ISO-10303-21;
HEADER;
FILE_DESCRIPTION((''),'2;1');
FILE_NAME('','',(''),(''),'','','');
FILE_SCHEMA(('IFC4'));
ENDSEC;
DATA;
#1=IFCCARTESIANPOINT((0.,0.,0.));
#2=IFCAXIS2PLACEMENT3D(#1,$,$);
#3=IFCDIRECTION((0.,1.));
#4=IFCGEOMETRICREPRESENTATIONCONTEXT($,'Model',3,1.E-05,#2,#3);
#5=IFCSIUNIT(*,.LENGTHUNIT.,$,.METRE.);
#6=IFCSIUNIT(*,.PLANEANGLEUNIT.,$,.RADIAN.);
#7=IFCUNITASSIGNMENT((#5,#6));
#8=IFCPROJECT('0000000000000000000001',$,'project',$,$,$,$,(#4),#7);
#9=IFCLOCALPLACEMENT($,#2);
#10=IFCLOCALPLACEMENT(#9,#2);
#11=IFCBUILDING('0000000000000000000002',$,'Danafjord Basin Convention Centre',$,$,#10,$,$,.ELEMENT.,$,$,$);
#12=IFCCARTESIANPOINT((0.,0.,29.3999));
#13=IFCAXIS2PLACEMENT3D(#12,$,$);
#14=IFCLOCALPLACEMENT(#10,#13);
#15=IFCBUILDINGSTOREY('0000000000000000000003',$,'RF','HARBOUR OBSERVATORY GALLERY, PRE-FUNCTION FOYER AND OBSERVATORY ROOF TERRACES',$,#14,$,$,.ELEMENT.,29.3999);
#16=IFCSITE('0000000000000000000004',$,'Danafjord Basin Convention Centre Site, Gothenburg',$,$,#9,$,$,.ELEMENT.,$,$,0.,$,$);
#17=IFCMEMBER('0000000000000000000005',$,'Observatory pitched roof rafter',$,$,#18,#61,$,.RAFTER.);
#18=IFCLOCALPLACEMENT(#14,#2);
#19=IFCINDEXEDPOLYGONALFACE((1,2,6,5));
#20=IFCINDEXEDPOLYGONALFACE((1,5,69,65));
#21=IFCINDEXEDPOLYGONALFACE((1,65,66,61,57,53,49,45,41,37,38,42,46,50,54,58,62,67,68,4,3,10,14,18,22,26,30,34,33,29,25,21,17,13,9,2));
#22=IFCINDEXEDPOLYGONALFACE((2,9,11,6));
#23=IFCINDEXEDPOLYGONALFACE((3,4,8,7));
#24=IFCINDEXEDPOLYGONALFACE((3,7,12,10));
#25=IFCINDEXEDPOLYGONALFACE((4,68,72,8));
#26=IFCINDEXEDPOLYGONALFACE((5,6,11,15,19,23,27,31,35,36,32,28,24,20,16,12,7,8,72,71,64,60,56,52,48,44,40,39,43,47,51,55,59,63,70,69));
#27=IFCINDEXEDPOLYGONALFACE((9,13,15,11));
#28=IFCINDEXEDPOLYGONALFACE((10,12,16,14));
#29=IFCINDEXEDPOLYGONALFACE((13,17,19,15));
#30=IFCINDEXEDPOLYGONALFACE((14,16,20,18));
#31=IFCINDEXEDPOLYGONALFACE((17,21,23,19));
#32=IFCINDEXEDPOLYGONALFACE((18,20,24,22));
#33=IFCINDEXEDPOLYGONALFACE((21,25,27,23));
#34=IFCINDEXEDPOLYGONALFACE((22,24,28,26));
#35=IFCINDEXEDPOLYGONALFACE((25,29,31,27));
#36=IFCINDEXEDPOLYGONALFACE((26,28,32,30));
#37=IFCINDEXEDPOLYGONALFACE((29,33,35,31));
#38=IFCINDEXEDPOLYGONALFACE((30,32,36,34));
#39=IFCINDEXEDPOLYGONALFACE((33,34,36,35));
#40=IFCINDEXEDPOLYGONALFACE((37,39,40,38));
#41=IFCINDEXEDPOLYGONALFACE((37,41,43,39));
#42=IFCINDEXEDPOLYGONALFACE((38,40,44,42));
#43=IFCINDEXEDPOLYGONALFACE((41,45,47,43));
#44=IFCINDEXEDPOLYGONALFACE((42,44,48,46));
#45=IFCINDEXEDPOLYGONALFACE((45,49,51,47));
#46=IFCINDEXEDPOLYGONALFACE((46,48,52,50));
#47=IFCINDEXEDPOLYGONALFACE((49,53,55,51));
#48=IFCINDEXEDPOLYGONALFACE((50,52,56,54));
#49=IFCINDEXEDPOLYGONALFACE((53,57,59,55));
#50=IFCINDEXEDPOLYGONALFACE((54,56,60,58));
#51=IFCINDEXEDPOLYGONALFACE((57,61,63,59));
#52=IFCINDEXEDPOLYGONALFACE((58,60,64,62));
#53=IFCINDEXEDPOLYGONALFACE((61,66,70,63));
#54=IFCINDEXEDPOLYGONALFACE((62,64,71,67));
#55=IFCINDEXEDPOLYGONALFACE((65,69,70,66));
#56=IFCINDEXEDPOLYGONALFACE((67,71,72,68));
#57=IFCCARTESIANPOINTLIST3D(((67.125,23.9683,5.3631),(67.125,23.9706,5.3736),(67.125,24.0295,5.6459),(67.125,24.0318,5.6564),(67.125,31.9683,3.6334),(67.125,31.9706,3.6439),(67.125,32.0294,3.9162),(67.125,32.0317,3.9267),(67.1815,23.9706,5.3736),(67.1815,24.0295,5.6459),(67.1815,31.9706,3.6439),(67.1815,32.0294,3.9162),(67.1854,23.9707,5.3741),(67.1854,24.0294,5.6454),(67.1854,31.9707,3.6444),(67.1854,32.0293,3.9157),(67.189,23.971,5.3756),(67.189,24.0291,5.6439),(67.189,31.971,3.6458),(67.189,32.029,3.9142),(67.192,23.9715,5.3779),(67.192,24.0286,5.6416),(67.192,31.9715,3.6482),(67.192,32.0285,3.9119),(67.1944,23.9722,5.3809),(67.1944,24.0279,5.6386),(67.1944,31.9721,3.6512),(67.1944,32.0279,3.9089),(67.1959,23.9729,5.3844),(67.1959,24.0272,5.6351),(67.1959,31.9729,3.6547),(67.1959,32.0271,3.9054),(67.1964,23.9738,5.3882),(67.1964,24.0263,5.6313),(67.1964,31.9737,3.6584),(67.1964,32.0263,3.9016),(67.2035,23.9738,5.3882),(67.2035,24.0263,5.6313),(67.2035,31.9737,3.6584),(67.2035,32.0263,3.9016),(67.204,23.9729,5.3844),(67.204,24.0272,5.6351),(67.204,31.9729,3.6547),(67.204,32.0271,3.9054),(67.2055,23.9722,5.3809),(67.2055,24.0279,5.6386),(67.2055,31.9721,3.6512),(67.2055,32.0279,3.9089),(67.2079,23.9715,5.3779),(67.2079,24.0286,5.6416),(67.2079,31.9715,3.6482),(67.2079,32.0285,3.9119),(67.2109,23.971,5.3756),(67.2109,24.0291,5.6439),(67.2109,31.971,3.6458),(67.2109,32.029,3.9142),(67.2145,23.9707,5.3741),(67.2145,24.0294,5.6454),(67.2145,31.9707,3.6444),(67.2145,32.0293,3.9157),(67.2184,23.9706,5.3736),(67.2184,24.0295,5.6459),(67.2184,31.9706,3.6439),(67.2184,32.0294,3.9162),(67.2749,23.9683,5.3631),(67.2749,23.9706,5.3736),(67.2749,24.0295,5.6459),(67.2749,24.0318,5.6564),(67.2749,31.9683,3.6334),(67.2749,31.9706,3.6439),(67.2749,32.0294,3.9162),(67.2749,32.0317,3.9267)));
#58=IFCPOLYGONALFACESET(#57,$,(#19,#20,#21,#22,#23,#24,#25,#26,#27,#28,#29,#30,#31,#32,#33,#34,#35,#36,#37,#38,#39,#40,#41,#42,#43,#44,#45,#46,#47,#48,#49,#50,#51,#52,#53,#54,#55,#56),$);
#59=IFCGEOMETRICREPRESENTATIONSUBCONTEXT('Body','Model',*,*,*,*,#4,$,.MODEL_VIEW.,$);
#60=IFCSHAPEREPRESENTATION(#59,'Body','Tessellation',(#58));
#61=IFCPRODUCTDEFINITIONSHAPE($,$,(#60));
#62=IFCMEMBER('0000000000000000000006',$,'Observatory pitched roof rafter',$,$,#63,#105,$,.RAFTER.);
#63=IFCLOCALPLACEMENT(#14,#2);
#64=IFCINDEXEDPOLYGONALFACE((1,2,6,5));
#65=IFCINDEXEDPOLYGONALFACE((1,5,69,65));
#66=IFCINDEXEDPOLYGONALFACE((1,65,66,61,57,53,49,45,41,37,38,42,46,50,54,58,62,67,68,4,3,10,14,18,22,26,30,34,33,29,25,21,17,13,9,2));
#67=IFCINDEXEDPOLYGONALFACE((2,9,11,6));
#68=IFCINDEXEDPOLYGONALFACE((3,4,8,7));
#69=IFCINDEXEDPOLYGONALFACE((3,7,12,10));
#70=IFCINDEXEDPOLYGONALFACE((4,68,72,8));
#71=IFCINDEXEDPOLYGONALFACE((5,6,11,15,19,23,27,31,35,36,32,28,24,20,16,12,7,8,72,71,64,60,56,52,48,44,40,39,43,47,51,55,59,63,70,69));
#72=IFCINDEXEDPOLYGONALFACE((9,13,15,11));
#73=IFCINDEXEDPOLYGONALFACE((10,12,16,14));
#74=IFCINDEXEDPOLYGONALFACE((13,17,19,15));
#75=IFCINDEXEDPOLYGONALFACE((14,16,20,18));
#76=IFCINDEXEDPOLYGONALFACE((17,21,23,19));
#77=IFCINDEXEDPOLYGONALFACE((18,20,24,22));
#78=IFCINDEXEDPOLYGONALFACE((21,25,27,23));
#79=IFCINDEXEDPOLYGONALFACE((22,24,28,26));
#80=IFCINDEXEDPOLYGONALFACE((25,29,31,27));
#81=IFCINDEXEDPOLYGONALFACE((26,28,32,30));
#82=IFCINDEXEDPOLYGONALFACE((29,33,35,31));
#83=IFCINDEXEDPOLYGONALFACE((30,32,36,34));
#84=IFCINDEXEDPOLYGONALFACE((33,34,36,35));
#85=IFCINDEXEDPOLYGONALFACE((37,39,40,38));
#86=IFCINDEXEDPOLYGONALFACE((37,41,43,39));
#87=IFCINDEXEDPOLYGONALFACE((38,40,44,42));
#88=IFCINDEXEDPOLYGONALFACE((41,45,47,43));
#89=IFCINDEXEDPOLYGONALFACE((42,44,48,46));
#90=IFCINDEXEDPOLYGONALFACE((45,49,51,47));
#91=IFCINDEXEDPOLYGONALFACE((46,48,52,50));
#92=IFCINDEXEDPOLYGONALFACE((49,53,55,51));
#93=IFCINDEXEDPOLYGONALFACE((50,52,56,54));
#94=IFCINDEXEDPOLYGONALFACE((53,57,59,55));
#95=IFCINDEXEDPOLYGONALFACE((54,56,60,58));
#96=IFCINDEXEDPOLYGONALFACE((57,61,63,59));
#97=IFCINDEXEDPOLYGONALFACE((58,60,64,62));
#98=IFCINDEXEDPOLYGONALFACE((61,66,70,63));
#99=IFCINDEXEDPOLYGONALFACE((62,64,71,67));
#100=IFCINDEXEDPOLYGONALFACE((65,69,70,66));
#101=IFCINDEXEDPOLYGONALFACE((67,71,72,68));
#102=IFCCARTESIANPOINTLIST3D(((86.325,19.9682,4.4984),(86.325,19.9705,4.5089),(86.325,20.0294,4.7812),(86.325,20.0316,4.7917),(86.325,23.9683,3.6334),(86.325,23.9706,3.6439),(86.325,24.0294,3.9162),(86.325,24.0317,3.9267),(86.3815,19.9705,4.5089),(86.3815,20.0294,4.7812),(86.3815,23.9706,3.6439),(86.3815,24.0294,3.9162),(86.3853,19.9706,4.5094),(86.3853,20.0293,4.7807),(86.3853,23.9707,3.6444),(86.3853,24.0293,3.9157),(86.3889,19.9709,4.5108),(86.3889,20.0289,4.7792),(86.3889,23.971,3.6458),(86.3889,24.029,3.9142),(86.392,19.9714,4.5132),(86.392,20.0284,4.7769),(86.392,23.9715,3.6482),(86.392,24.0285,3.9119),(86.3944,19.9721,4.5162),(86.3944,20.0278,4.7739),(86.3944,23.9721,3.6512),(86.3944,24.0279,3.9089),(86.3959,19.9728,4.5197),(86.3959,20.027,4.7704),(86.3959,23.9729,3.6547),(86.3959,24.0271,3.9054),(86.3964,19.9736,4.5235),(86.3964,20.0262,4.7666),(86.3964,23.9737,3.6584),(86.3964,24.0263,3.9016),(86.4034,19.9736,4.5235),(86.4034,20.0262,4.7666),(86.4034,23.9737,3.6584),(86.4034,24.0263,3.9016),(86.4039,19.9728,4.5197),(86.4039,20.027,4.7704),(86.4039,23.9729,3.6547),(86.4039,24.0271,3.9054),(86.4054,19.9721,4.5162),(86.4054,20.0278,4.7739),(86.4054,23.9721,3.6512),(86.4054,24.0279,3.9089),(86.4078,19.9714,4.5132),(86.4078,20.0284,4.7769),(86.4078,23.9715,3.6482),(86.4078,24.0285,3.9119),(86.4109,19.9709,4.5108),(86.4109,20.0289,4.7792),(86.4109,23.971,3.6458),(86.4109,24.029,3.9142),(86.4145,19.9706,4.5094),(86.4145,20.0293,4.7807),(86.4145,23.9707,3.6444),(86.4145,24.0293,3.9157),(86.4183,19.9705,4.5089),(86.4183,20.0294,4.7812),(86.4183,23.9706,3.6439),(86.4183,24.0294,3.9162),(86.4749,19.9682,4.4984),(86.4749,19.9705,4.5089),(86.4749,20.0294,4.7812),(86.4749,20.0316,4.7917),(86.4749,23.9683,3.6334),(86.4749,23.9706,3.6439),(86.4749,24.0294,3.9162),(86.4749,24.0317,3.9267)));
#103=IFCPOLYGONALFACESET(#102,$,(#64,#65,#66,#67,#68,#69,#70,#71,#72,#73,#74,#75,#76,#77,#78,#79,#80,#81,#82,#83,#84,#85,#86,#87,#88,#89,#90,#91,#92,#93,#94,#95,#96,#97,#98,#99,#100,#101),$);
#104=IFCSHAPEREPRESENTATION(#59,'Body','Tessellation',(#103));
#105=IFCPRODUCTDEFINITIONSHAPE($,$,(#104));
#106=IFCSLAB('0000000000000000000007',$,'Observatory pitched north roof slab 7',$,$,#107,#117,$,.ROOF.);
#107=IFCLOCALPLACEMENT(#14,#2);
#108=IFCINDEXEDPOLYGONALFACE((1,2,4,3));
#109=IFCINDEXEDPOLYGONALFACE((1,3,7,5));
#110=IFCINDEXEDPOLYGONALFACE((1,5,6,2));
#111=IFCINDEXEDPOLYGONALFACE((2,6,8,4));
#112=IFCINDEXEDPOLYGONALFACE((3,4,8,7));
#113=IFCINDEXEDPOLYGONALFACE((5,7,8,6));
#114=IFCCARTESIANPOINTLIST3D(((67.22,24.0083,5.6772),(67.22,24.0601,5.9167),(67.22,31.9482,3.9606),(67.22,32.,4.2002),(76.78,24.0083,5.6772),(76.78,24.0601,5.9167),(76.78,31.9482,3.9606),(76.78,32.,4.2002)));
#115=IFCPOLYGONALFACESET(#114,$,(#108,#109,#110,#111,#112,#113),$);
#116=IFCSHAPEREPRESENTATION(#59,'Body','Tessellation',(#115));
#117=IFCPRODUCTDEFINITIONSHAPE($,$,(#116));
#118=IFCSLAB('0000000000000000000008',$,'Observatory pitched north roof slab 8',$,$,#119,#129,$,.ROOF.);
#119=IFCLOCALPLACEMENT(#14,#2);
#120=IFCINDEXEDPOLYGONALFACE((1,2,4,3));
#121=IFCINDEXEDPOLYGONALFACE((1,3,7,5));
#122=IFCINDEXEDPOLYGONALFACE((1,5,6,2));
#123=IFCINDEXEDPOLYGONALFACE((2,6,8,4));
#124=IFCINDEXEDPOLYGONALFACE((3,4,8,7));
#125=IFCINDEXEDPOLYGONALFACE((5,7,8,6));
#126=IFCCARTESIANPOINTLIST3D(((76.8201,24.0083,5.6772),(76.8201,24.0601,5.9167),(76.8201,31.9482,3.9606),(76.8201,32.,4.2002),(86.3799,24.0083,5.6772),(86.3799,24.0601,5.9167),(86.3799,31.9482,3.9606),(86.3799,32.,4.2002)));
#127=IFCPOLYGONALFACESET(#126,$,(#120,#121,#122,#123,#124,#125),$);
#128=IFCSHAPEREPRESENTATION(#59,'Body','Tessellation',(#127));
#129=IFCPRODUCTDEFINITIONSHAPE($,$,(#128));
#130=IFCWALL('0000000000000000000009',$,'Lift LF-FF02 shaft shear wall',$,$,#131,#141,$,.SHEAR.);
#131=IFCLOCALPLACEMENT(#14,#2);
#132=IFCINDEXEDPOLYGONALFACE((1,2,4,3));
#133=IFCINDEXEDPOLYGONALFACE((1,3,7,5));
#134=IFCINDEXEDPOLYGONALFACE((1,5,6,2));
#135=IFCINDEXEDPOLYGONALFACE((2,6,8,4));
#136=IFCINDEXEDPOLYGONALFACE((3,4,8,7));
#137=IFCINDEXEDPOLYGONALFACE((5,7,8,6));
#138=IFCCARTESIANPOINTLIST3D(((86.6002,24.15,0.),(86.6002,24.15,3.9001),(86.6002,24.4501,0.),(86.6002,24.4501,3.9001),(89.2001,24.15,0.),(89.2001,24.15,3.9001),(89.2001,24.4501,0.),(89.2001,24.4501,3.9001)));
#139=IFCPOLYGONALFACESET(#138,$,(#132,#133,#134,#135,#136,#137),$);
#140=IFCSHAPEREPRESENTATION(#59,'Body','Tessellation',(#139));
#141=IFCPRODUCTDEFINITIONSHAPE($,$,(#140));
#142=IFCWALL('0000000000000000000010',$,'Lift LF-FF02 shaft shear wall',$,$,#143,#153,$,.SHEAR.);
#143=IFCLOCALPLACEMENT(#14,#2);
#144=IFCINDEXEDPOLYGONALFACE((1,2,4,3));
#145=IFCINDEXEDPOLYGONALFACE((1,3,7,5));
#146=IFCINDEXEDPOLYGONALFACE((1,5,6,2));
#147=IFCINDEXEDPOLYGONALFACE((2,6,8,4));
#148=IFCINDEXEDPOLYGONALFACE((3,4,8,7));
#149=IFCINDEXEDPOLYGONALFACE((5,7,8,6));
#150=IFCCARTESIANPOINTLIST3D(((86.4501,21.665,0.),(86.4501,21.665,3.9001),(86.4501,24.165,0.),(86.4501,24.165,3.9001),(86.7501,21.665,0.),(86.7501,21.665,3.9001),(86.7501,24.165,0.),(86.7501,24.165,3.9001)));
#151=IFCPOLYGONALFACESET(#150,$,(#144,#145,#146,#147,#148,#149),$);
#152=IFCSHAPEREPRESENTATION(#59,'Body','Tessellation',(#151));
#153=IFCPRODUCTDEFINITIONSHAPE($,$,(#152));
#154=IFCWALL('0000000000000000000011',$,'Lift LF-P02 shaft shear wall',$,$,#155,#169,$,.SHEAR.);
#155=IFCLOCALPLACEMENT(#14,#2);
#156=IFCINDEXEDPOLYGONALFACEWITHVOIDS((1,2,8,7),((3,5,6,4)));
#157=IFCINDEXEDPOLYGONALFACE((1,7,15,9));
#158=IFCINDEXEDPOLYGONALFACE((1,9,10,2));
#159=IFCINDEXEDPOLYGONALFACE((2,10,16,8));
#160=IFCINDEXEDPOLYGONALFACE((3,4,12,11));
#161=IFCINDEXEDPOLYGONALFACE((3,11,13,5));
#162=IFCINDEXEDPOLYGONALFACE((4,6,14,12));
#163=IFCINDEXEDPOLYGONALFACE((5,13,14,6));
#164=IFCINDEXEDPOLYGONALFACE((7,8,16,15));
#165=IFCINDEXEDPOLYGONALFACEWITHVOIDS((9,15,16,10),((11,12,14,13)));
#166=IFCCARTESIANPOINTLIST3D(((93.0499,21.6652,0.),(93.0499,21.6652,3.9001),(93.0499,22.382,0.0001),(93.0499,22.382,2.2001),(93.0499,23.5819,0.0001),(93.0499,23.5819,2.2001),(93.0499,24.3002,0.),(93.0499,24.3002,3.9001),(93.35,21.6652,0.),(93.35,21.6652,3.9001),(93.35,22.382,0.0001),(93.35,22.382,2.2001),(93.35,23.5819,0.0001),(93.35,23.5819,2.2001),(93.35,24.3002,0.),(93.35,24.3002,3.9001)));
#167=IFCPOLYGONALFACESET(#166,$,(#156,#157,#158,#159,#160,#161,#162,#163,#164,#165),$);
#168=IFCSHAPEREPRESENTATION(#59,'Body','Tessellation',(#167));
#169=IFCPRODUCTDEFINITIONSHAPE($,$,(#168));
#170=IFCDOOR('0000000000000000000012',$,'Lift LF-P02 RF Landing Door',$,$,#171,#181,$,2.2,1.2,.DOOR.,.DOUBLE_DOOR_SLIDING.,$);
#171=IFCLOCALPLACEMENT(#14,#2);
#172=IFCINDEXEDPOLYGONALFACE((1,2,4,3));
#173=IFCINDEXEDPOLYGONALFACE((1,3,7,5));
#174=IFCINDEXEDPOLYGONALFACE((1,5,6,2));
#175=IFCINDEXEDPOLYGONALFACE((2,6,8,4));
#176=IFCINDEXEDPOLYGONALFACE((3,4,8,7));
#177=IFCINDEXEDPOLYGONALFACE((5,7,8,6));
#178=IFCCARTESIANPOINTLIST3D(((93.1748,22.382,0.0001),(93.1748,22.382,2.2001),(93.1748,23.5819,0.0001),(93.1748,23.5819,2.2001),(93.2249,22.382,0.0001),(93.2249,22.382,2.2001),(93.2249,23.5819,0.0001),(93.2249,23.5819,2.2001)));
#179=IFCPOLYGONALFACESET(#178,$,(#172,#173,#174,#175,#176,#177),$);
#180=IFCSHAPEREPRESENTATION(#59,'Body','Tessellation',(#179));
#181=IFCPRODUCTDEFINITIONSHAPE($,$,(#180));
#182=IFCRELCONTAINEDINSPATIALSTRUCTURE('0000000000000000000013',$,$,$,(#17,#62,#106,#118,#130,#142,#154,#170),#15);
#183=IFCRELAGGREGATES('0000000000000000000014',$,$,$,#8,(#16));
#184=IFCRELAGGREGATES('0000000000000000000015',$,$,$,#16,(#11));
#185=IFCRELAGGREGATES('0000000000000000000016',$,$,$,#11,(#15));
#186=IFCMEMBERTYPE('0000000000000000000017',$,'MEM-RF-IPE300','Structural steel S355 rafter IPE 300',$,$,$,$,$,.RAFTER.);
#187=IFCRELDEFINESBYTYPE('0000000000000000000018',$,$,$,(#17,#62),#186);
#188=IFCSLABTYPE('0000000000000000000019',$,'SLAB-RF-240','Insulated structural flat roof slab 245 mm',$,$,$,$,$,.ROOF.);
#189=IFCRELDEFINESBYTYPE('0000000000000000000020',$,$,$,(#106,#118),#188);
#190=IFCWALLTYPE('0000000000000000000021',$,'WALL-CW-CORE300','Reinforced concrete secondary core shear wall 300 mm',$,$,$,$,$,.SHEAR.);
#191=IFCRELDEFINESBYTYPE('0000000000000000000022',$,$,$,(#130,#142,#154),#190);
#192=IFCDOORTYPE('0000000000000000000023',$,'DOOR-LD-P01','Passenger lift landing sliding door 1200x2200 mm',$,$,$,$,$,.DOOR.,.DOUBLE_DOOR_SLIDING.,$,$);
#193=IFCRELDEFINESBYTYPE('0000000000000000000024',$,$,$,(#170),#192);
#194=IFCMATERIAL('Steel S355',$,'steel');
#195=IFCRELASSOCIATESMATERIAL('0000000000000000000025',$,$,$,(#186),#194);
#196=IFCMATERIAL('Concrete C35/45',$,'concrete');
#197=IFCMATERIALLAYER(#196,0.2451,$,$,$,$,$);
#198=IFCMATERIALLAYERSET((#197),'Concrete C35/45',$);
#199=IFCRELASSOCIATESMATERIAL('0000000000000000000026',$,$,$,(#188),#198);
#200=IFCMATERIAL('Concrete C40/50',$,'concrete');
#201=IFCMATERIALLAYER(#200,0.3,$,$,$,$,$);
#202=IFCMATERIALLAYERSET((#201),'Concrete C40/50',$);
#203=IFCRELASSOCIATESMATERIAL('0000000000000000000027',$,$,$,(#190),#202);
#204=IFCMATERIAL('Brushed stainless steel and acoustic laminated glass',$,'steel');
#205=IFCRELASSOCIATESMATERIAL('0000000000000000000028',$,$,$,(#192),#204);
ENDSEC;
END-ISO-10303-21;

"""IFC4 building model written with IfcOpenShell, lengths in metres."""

from ifc_helpers import new_model, si_unit, direction, frame, frame_2d, origin, origin_2d, place, context, subcontext, project, spatial, polyline, rectangle, i_section, outline, extrude, material, layer, layer_set, material_profile, profile_set, type_object, element, fill, save


model = new_model("IFC4")

# Units and contexts
model_context = context("Model", 3, precision=1e-05, world=origin(), true_north=direction((0.0, 1.0)))
body_context = subcontext(model_context, "Body", "Model", "MODEL_VIEW")
ifc_project = project(units=[si_unit("LENGTHUNIT", "METRE"), si_unit("PLANEANGLEUNIT", "RADIAN")], contexts=[model_context])

# Site, building, storey
site_placement = place(None, origin())
site = spatial("IfcSite", under=ifc_project, at=site_placement, Name="Danafjord Basin Convention Centre Site, Gothenburg", CompositionType="ELEMENT", RefElevation=0.0)
building_placement = place(site_placement, origin())
building = spatial("IfcBuilding", under=site, at=building_placement, Name="Danafjord Basin Convention Centre", CompositionType="ELEMENT")
storey_placement = place(building_placement, frame((0.0, 0.0, 29.3999)))
storey = spatial("IfcBuildingStorey", under=building, at=storey_placement, Name="RF", Description="HARBOUR OBSERVATORY GALLERY, PRE-FUNCTION FOYER AND OBSERVATORY ROOF TERRACES", CompositionType="ELEMENT", Elevation=29.3999)

# Shared definitions
ifc_material_1 = material(Name="Steel S355", Category="steel")

# Members
ifc_material_profile_1 = material_profile(ifc_material_1, i_section(OverallWidth=0.1499, OverallDepth=0.3, WebThickness=0.0071, FlangeThickness=0.0107, FilletRadius=0.0149, at=origin_2d()), Name="IPE 300")
ifc_profile_set_1 = profile_set([ifc_material_profile_1], Name="Steel S355")
member_type_1 = type_object("IfcMemberType", Name="MEM-RF-IPE300", Description="Structural steel S355 rafter IPE 300", PredefinedType="RAFTER", material=ifc_profile_set_1)
member_1_placement = place(storey_placement, frame((67.2, 32.0, 3.78), z_axis=(0.0, -0.977414, 0.211334), x_axis=(1.0, 0.0, 0.0)))
element("IfcMember", 1, at=member_1_placement, inside=storey, type_object=member_type_1, Name="Observatory pitched roof rafter", PredefinedType="RAFTER", context=body_context, shape_type="SweptSolid", body=[
    extrude(i_section(OverallWidth=0.1499, OverallDepth=0.3, WebThickness=0.0071, FlangeThickness=0.0107, FilletRadius=0.0149, at=origin_2d()), origin(), (0.0, 0.0, 1.0), 8.1848),
])
member_2_placement = place(storey_placement, frame((86.3999, 24.0, 3.78), z_axis=(0.0, -0.977408, 0.211362), x_axis=(1.0, 0.0, 0.0)))
element("IfcMember", 2, at=member_2_placement, inside=storey, type_object=member_type_1, Name="Observatory pitched roof rafter", PredefinedType="RAFTER", context=body_context, shape_type="SweptSolid", body=[
    extrude(i_section(OverallWidth=0.1499, OverallDepth=0.3, WebThickness=0.0071, FlangeThickness=0.0107, FilletRadius=0.0149, at=origin_2d()), origin(), (0.0, 0.0, 1.0), 4.0925),
])

# Slabs
ifc_material_2 = material(Name="Concrete C35/45", Category="concrete")
ifc_layer_1 = layer(ifc_material_2, 0.2451)
ifc_layer_set_1 = layer_set([ifc_layer_1], Name="Concrete C35/45")
slab_type = type_object("IfcSlabType", Name="SLAB-RF-240", Description="Insulated structural flat roof slab 245 mm", PredefinedType="ROOF", material=ifc_layer_set_1)
slab_1_placement = place(storey_placement, frame((67.22, 24.0601, 5.9167), z_axis=(0.0, 0.21131, 0.977419), x_axis=(1.0, 0.0, 0.0)))
element("IfcSlab", 3, at=slab_1_placement, inside=storey, type_object=slab_type, Name="Observatory pitched north roof slab 7", PredefinedType="ROOF", context=body_context, shape_type="SweptSolid", body=[
    extrude(outline(polyline([(0.0, 0.0), (9.5601, 0.0), (9.5601, 8.1234), (0.0, 8.1234), (0.0, 0.0)])), origin(), (0.0, 0.0, -1.0), 0.2451),
])
slab_2_placement = place(storey_placement, frame((76.8201, 24.0601, 5.9167), z_axis=(0.0, 0.21131, 0.977419), x_axis=(1.0, 0.0, 0.0)))
element("IfcSlab", 4, at=slab_2_placement, inside=storey, type_object=slab_type, Name="Observatory pitched north roof slab 8", PredefinedType="ROOF", context=body_context, shape_type="SweptSolid", body=[
    extrude(outline(polyline([(0.0, 0.0), (9.5598, 0.0), (9.5598, 8.1234), (0.0, 8.1234), (0.0, 0.0)])), origin(), (0.0, 0.0, -1.0), 0.2451),
])

# Walls
ifc_material_3 = material(Name="Concrete C40/50", Category="concrete")
ifc_layer_2 = layer(ifc_material_3, 0.3)
ifc_layer_set_2 = layer_set([ifc_layer_2], Name="Concrete C40/50")
wall_type_1 = type_object("IfcWallType", Name="WALL-CW-CORE300", Description="Reinforced concrete secondary core shear wall 300 mm", PredefinedType="SHEAR", material=ifc_layer_set_2)
wall_1_placement = place(storey_placement, frame((89.2, 24.3, 0.0), z_axis=(0.0, 0.0, 1.0), x_axis=(-1.0, 0.0, 0.0)))
element("IfcWall", 5, at=wall_1_placement, inside=storey, type_object=wall_type_1, Name="Lift LF-FF02 shaft shear wall", PredefinedType="SHEAR", context=body_context, shape_type="SweptSolid", body=[
    extrude(rectangle(XDim=2.5999, YDim=0.3, at=frame_2d((1.2998, 0.0))), origin(), (0.0, 0.0, 1.0), 3.9001),
])
wall_2_placement = place(storey_placement, frame((86.6001, 24.165, 0.0), z_axis=(0.0, 0.0, 1.0), x_axis=(0.0, -1.0, 0.0)))
element("IfcWall", 6, at=wall_2_placement, inside=storey, type_object=wall_type_1, Name="Lift LF-FF02 shaft shear wall", PredefinedType="SHEAR", context=body_context, shape_type="SweptSolid", body=[
    extrude(rectangle(XDim=2.5, YDim=0.3, at=frame_2d((1.25, 0.0))), origin(), (0.0, 0.0, 1.0), 3.9001),
])

# Wall, opening, door
wall_3_placement = place(storey_placement, frame((93.2, 24.3, 0.0), z_axis=(0.0, 0.0, 1.0), x_axis=(0.0, -1.0, 0.0)))
wall_3 = element("IfcWall", 7, at=wall_3_placement, inside=storey, type_object=wall_type_1, Name="Lift LF-P02 shaft shear wall", PredefinedType="SHEAR", context=body_context, shape_type="SweptSolid", body=[
    extrude(rectangle(XDim=2.635, YDim=0.3, at=frame_2d((1.3174, 0.0))), origin(), (0.0, 0.0, 1.0), 3.9001),
])
opening_1_placement = place(wall_3_placement, frame((0.718, 0.0, 0.0)))
opening_1 = element("IfcOpeningElement", 8, at=opening_1_placement, cuts=wall_3, PredefinedType="OPENING", context=body_context, shape_type="SweptSolid", body=[
    extrude(rectangle(XDim=1.2, YDim=2.2, at=frame_2d((0.6001, 1.1001))), frame((0.0, 0.1599, 0.0), z_axis=(0.0, -1.0, 0.0), x_axis=(1.0, 0.0, 0.0)), (0.0, 0.0, 1.0), 0.3201),
])
ifc_material_4 = material(Name="Brushed stainless steel and acoustic laminated glass", Category="steel")
door_type_1 = type_object("IfcDoorType", Name="DOOR-LD-P01", Description="Passenger lift landing sliding door 1200x2200 mm", OperationType="DOUBLE_DOOR_SLIDING", PredefinedType="DOOR", material=ifc_material_4)
door_1_placement = place(opening_1_placement, origin())
door_1 = element("IfcDoor", 9, at=door_1_placement, inside=storey, type_object=door_type_1, Name="Lift LF-P02 RF Landing Door", OperationType="DOUBLE_DOOR_SLIDING", OverallHeight=2.2, OverallWidth=1.2, PredefinedType="DOOR", context=body_context, shape_type="SweptSolid", body=[
    extrude(rectangle(XDim=1.2, YDim=2.2, at=frame_2d((0.6001, 1.1001))), frame((0.0, 0.0249, 0.0), z_axis=(0.0, -1.0, 0.0), x_axis=(1.0, 0.0, 0.0)), (0.0, 0.0, 1.0), 0.05),
])
fill(opening_1, door_1)

save(model, "model.ifc")
